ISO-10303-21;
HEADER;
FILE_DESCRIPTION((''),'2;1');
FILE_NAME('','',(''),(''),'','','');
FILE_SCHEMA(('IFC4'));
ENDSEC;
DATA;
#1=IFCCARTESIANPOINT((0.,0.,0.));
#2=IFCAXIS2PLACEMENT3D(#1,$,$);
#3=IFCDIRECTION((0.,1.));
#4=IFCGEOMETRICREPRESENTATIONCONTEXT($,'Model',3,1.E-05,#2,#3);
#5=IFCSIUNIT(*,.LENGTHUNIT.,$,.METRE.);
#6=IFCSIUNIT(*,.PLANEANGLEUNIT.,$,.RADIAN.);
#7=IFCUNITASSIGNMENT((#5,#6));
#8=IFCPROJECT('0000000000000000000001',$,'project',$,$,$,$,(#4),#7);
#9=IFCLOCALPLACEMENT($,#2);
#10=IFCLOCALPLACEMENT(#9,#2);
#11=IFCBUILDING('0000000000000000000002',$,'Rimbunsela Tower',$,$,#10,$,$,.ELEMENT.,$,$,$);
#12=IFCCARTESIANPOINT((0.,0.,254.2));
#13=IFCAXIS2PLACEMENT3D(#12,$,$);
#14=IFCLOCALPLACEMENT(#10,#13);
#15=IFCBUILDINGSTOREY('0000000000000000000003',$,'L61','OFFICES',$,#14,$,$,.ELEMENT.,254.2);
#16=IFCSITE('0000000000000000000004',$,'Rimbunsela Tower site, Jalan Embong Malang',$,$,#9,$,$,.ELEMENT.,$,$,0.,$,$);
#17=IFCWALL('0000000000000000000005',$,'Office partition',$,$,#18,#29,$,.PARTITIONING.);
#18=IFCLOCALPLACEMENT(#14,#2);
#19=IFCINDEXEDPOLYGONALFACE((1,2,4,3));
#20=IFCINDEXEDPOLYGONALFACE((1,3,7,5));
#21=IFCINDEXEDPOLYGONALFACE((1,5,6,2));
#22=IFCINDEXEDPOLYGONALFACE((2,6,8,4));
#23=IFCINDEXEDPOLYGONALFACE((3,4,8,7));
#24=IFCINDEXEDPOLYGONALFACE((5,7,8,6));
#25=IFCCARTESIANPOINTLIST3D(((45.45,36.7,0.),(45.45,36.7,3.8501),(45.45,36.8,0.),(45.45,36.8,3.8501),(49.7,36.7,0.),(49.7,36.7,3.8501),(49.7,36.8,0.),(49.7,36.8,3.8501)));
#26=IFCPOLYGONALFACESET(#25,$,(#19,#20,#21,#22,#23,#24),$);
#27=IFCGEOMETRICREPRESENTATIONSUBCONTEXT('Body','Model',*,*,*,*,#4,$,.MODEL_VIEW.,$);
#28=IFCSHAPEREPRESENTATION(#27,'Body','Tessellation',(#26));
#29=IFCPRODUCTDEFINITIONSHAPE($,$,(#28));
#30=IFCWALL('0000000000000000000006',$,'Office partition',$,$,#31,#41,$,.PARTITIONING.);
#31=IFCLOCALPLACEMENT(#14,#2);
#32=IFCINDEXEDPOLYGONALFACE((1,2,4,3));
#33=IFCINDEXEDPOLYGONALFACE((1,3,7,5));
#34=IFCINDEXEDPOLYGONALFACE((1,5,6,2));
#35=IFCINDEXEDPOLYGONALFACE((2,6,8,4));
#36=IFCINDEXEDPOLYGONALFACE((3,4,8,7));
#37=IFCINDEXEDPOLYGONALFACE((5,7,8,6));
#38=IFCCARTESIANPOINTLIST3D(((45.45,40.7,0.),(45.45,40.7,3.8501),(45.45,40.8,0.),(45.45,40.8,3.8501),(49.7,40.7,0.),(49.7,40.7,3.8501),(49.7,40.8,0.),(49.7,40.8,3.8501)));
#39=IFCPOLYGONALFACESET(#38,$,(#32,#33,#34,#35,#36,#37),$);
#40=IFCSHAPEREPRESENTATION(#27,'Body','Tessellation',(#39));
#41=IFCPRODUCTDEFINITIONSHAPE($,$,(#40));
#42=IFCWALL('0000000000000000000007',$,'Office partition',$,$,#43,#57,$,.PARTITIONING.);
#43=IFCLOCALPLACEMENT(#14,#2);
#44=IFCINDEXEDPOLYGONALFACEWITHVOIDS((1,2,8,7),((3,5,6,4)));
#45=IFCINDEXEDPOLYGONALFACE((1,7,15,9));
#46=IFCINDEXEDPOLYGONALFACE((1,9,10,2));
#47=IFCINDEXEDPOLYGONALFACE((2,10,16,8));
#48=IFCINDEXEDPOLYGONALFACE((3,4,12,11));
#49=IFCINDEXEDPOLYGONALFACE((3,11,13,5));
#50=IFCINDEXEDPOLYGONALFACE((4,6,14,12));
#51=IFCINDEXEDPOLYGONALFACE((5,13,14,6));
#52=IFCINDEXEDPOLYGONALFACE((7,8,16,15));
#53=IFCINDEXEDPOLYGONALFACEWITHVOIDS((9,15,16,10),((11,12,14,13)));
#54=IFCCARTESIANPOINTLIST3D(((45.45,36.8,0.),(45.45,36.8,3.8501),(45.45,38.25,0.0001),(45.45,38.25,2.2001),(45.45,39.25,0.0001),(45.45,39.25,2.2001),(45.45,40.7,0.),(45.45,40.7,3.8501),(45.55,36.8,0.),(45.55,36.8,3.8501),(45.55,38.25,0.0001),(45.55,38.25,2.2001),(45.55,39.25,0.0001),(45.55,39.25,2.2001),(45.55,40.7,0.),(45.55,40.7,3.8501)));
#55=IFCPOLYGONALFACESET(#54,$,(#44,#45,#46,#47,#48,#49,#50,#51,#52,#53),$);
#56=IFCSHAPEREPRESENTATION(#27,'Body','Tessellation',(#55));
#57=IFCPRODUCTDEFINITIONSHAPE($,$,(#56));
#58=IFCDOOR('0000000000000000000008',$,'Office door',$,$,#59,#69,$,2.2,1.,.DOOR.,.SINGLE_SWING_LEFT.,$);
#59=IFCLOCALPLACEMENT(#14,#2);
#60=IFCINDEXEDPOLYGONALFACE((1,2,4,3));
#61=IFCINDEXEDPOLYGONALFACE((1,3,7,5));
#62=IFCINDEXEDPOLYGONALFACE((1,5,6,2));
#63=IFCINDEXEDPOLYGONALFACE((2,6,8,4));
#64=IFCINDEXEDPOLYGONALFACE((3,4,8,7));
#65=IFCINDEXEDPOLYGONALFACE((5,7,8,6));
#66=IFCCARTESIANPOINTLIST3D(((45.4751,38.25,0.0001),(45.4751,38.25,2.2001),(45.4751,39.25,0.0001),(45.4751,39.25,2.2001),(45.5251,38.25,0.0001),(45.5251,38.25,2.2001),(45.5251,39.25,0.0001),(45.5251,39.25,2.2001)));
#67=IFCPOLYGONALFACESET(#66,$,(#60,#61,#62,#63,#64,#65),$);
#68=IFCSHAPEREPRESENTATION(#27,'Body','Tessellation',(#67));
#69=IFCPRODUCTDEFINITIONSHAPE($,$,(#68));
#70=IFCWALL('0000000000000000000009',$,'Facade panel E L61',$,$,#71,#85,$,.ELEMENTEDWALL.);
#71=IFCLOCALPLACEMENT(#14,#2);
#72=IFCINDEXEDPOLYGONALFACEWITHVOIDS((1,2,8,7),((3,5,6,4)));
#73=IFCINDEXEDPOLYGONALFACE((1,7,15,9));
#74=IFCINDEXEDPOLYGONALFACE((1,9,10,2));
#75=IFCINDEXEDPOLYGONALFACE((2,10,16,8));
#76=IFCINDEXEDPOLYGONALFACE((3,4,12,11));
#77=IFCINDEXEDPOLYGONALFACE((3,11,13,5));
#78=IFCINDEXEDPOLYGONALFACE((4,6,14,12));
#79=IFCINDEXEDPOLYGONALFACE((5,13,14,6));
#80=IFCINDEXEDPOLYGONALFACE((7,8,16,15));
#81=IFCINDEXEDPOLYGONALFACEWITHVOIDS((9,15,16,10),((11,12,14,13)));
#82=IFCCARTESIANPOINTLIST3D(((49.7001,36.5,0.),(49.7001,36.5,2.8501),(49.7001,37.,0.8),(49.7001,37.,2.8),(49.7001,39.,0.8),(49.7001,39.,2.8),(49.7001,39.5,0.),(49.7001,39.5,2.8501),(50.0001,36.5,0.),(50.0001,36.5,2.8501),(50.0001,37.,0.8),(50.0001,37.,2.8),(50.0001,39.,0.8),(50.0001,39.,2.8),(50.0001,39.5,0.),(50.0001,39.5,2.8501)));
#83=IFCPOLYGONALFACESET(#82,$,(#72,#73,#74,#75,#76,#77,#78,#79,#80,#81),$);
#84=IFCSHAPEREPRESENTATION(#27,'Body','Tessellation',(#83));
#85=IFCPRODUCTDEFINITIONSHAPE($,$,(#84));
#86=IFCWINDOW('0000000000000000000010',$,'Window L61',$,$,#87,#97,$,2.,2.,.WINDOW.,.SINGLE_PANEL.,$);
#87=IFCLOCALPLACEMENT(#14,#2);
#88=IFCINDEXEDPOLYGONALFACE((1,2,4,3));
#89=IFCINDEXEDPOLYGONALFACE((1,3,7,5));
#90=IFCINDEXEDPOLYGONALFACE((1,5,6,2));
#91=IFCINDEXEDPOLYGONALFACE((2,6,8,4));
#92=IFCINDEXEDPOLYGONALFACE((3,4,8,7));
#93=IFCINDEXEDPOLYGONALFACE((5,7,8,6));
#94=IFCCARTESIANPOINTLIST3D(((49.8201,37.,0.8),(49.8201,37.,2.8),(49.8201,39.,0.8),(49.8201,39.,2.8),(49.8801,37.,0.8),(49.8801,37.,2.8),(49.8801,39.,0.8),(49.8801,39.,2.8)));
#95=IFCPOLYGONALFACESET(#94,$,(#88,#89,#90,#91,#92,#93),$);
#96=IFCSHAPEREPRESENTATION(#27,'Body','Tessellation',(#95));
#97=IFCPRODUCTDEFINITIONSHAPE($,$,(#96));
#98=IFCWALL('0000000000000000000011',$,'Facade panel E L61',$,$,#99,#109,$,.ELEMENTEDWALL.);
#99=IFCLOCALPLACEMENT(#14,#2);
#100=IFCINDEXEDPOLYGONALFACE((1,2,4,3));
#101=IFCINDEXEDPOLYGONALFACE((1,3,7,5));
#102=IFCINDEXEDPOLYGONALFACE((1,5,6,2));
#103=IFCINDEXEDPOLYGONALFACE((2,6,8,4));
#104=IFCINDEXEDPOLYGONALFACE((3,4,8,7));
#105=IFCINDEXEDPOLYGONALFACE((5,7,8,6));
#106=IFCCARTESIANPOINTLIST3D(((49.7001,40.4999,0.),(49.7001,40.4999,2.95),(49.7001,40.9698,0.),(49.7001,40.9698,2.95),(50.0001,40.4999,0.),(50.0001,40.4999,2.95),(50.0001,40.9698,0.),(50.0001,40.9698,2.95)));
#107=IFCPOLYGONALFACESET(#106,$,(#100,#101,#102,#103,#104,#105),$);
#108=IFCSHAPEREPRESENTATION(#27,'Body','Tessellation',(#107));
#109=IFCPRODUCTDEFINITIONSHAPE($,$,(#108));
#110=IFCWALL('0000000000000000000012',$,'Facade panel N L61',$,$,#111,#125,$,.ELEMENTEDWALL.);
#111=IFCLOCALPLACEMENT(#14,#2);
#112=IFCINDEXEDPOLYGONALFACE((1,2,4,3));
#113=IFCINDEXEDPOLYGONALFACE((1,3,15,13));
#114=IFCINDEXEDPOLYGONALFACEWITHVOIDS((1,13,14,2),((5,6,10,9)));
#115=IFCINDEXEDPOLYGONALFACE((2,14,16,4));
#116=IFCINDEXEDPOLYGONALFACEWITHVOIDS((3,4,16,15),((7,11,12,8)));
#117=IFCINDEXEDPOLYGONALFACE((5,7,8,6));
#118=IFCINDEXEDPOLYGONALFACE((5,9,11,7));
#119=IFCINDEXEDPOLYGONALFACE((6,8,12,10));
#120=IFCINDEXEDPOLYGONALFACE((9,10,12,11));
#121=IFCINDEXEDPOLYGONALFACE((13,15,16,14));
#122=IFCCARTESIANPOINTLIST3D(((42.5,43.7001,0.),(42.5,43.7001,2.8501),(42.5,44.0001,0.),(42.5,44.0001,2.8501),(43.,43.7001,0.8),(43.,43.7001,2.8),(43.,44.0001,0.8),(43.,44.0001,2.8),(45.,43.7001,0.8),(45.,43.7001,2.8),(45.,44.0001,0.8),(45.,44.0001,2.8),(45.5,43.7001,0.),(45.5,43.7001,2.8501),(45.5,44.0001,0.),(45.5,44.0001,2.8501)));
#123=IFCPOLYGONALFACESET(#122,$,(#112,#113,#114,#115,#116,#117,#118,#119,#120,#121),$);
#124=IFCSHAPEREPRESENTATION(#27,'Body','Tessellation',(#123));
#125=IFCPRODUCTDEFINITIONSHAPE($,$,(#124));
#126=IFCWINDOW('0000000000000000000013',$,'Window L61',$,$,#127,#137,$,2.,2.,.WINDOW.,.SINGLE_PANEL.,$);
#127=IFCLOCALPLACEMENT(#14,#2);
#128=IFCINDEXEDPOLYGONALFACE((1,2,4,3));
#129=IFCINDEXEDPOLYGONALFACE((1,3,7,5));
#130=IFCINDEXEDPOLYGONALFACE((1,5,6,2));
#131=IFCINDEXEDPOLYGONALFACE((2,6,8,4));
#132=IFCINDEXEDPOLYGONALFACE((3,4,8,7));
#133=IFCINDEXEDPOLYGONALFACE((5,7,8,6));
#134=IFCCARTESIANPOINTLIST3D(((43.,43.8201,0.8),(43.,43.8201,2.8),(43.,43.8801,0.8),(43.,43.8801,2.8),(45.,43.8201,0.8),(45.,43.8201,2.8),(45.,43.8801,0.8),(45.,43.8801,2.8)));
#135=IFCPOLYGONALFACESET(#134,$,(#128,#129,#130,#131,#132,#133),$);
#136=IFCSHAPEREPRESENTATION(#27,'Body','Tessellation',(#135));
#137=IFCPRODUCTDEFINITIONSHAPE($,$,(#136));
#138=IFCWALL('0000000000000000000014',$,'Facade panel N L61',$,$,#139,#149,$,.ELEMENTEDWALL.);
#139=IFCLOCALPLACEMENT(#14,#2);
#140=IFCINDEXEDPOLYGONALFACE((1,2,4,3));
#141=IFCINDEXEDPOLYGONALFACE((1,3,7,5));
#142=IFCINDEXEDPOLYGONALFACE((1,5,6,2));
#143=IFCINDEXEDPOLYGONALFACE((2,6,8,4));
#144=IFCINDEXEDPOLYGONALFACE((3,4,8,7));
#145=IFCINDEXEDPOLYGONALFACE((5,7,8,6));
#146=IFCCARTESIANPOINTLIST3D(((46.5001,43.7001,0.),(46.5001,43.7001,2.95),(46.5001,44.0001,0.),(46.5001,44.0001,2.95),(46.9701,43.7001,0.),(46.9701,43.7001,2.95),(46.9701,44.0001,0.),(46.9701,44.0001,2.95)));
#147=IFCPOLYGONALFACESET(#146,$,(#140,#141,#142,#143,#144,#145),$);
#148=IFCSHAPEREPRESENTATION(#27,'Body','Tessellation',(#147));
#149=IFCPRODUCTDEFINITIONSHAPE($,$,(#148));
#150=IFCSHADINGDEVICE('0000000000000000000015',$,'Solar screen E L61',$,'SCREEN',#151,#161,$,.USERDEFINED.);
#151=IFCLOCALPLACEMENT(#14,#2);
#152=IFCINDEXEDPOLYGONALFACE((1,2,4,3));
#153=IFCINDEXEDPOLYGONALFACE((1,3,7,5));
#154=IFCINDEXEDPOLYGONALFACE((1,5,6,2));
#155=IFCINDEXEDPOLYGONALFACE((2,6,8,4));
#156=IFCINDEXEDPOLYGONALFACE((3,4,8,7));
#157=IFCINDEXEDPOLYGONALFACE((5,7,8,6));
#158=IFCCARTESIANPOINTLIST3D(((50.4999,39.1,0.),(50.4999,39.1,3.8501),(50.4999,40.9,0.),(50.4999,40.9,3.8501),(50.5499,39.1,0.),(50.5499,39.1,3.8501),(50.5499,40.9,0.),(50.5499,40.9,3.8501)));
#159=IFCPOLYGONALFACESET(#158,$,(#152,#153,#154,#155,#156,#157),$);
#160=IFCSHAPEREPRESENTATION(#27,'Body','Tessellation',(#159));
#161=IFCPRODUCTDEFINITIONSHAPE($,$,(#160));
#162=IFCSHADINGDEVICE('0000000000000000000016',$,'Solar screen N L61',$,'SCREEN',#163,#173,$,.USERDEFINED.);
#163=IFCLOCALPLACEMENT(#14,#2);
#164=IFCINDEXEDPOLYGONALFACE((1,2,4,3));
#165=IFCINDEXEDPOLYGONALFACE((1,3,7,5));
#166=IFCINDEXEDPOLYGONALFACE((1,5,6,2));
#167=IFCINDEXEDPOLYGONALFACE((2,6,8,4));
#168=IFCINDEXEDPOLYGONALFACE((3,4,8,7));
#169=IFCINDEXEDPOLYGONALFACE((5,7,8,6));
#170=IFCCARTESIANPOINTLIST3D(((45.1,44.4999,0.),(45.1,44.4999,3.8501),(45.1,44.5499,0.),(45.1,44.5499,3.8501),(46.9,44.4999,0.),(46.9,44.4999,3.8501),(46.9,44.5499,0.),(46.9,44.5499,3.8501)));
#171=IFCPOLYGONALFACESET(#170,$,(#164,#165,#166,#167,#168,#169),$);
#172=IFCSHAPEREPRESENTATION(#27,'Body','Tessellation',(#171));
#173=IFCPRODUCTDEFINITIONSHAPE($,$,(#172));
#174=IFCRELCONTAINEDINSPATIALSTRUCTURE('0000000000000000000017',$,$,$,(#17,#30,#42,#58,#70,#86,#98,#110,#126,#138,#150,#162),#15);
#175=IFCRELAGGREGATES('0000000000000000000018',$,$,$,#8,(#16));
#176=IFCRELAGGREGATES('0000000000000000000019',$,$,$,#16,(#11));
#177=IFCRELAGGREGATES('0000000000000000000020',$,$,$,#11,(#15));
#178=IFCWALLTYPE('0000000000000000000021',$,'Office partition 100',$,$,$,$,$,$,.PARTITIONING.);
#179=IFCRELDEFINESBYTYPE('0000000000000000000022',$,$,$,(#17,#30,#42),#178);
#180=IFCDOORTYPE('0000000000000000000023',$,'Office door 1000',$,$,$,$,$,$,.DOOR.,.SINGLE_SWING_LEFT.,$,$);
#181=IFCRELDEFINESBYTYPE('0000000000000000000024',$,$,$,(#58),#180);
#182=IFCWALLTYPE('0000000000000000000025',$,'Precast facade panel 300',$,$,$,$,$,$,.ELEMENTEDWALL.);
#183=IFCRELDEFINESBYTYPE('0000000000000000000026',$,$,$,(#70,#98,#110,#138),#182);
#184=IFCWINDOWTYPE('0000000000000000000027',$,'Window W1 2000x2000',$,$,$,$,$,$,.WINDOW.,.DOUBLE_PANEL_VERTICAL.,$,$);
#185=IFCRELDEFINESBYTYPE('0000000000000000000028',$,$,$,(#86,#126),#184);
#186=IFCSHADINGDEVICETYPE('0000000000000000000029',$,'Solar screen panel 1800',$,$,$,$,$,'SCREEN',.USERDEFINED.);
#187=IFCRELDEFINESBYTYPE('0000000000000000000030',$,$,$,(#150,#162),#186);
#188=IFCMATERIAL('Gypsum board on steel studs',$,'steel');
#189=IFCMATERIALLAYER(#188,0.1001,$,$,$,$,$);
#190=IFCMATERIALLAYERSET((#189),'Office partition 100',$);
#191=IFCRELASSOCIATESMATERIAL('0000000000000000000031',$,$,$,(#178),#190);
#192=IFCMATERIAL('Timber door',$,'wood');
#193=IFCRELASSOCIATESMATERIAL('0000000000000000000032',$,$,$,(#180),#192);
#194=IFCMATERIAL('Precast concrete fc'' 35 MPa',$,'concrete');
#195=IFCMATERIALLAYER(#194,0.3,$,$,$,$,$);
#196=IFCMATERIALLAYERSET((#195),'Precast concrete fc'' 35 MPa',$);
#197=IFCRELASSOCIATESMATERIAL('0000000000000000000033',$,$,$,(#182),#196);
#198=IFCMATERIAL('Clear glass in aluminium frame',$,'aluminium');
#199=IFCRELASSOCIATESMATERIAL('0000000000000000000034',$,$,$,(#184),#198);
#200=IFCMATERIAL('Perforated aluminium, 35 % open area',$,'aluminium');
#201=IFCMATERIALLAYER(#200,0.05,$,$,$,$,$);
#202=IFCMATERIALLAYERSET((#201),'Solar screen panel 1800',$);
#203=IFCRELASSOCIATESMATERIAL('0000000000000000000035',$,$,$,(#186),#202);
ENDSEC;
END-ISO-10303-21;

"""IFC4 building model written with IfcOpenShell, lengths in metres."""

from ifc_helpers import new_model, si_unit, direction, frame, frame_2d, origin, origin_2d, place, context, subcontext, project, spatial, rectangle, extrude, material, layer, layer_set, type_object, element, fill, save


model = new_model("IFC4")

# Units and contexts
model_context = context("Model", 3, precision=1e-05, world=origin(), true_north=direction((0.0, 1.0)))
body_context = subcontext(model_context, "Body", "Model", "MODEL_VIEW")
ifc_project = project(units=[si_unit("LENGTHUNIT", "METRE"), si_unit("PLANEANGLEUNIT", "RADIAN")], contexts=[model_context])

# Site, building, storey
site_placement = place(None, origin())
site = spatial("IfcSite", under=ifc_project, at=site_placement, Name="Rimbunsela Tower site, Jalan Embong Malang", CompositionType="ELEMENT", RefElevation=0.0)
building_placement = place(site_placement, origin())
building = spatial("IfcBuilding", under=site, at=building_placement, Name="Rimbunsela Tower", CompositionType="ELEMENT")
storey_placement = place(building_placement, frame((0.0, 0.0, 254.2)))
storey = spatial("IfcBuildingStorey", under=building, at=storey_placement, Name="L61", Description="OFFICES", CompositionType="ELEMENT", Elevation=254.2)

# Walls
ifc_material_1 = material(Name="Gypsum board on steel studs", Category="steel")
ifc_layer_1 = layer(ifc_material_1, 0.1001)
ifc_layer_set_1 = layer_set([ifc_layer_1], Name="Office partition 100")
wall_type_1 = type_object("IfcWallType", Name="Office partition 100", PredefinedType="PARTITIONING", material=ifc_layer_set_1)
for number, where, z_axis, x_axis, name in (
    (1, (45.45, 36.75, 0.0), (0.0, 0.0, 1.0), (1.0, 0.0, 0.0), "Office partition"),
    (2, (45.45, 40.75, 0.0), (0.0, 0.0, 1.0), (1.0, 0.0, 0.0), "Office partition"),
):
    element("IfcWall", number, at=place(storey_placement, frame(where, z_axis=z_axis, x_axis=x_axis)), inside=storey, type_object=wall_type_1, Name=name, PredefinedType="PARTITIONING", context=body_context, shape_type="SweptSolid", body=[
        extrude(rectangle(XDim=4.25, YDim=0.1001, at=frame_2d((2.125, 0.0))), origin(), (0.0, 0.0, 1.0), 3.8501),
    ])

# Wall, opening, door
wall_1_placement = place(storey_placement, frame((45.5, 36.8, 0.0), z_axis=(0.0, 0.0, 1.0), x_axis=(0.0, 1.0, 0.0)))
wall_1 = element("IfcWall", 3, at=wall_1_placement, inside=storey, type_object=wall_type_1, Name="Office partition", PredefinedType="PARTITIONING", context=body_context, shape_type="SweptSolid", body=[
    extrude(rectangle(XDim=3.8999, YDim=0.1001, at=frame_2d((1.95, 0.0))), origin(), (0.0, 0.0, 1.0), 3.8501),
])
opening_1_placement = place(wall_1_placement, frame((1.45, 0.0, 0.0)))
opening_1 = element("IfcOpeningElement", 4, at=opening_1_placement, cuts=wall_1, PredefinedType="OPENING", context=body_context, shape_type="SweptSolid", body=[
    extrude(rectangle(XDim=1.0, YDim=2.2, at=frame_2d((0.5, 1.1001))), frame((0.0, 0.0601, 0.0), z_axis=(0.0, -1.0, 0.0), x_axis=(1.0, 0.0, 0.0)), (0.0, 0.0, 1.0), 0.1201),
])
ifc_material_2 = material(Name="Timber door", Category="wood")
door_type = type_object("IfcDoorType", Name="Office door 1000", OperationType="SINGLE_SWING_LEFT", PredefinedType="DOOR", material=ifc_material_2)
door_placement = place(opening_1_placement, origin())
door = element("IfcDoor", 5, at=door_placement, inside=storey, type_object=door_type, Name="Office door", OperationType="SINGLE_SWING_LEFT", OverallHeight=2.2, OverallWidth=1.0, PredefinedType="DOOR", context=body_context, shape_type="SweptSolid", body=[
    extrude(rectangle(XDim=1.0, YDim=2.2, at=frame_2d((0.5, 1.1001))), frame((0.0, 0.0249, 0.0), z_axis=(0.0, -1.0, 0.0), x_axis=(1.0, 0.0, 0.0)), (0.0, 0.0, 1.0), 0.05),
])
fill(opening_1, door)

# Wall, opening, window
ifc_material_3 = material(Name="Precast concrete fc' 35 MPa", Category="concrete")
ifc_layer_2 = layer(ifc_material_3, 0.3)
ifc_layer_set_2 = layer_set([ifc_layer_2], Name="Precast concrete fc' 35 MPa")
wall_type_2 = type_object("IfcWallType", Name="Precast facade panel 300", PredefinedType="ELEMENTEDWALL", material=ifc_layer_set_2)
wall_2_placement = place(storey_placement, frame((49.8501, 36.5, 0.0), z_axis=(0.0, 0.0, 1.0), x_axis=(0.0, 1.0, 0.0)))
wall_2 = element("IfcWall", 6, at=wall_2_placement, inside=storey, type_object=wall_type_2, Name="Facade panel E L61", PredefinedType="ELEMENTEDWALL", context=body_context, shape_type="SweptSolid", body=[
    extrude(rectangle(XDim=3.0, YDim=0.3, at=frame_2d((1.5, 0.0))), origin(), (0.0, 0.0, 1.0), 2.8501),
])
opening_2_placement = place(wall_2_placement, frame((0.5, 0.0, 0.8)))
opening_2 = element("IfcOpeningElement", 7, at=opening_2_placement, cuts=wall_2, PredefinedType="OPENING", context=body_context, shape_type="SweptSolid", body=[
    extrude(rectangle(XDim=2.0, YDim=2.0, at=frame_2d((1.0, 1.0))), frame((0.0, 0.1599, 0.0), z_axis=(0.0, -1.0, 0.0), x_axis=(1.0, 0.0, 0.0)), (0.0, 0.0, 1.0), 0.3201),
])
ifc_material_4 = material(Name="Clear glass in aluminium frame", Category="aluminium")
window_type = type_object("IfcWindowType", Name="Window W1 2000x2000", PartitioningType="DOUBLE_PANEL_VERTICAL", PredefinedType="WINDOW", material=ifc_material_4)
window_1_placement = place(opening_2_placement, origin())
window_1 = element("IfcWindow", 8, at=window_1_placement, inside=storey, type_object=window_type, Name="Window L61", OverallHeight=2.0, OverallWidth=2.0, PartitioningType="SINGLE_PANEL", PredefinedType="WINDOW", context=body_context, shape_type="SweptSolid", body=[
    extrude(rectangle(XDim=2.0, YDim=2.0, at=frame_2d((1.0, 1.0))), frame((0.0, 0.03, 0.0), z_axis=(0.0, -1.0, 0.0), x_axis=(1.0, 0.0, 0.0)), (0.0, 0.0, 1.0), 0.0601),
])
fill(opening_2, window_1)

# Wall
wall_3_placement = place(storey_placement, frame((49.8501, 40.5, 0.0), z_axis=(0.0, 0.0, 1.0), x_axis=(0.0, 1.0, 0.0)))
element("IfcWall", 9, at=wall_3_placement, inside=storey, type_object=wall_type_2, Name="Facade panel E L61", PredefinedType="ELEMENTEDWALL", context=body_context, shape_type="SweptSolid", body=[
    extrude(rectangle(XDim=0.47, YDim=0.3, at=frame_2d((0.2349, 0.0))), origin(), (0.0, 0.0, 1.0), 2.95),
])

# Wall, opening, window
wall_4_placement = place(storey_placement, frame((45.5, 43.8501, 0.0), z_axis=(0.0, 0.0, 1.0), x_axis=(-1.0, 0.0, 0.0)))
wall_4 = element("IfcWall", 10, at=wall_4_placement, inside=storey, type_object=wall_type_2, Name="Facade panel N L61", PredefinedType="ELEMENTEDWALL", context=body_context, shape_type="SweptSolid", body=[
    extrude(rectangle(XDim=3.0, YDim=0.3, at=frame_2d((1.5, 0.0))), origin(), (0.0, 0.0, 1.0), 2.8501),
])
opening_3_placement = place(wall_4_placement, frame((0.5, 0.0, 0.8)))
opening_3 = element("IfcOpeningElement", 11, at=opening_3_placement, cuts=wall_4, PredefinedType="OPENING", context=body_context, shape_type="SweptSolid", body=[
    extrude(rectangle(XDim=2.0, YDim=2.0, at=frame_2d((1.0, 1.0))), frame((0.0, 0.1599, 0.0), z_axis=(0.0, -1.0, 0.0), x_axis=(1.0, 0.0, 0.0)), (0.0, 0.0, 1.0), 0.3201),
])
window_2_placement = place(opening_3_placement, origin())
window_2 = element("IfcWindow", 12, at=window_2_placement, inside=storey, type_object=window_type, Name="Window L61", OverallHeight=2.0, OverallWidth=2.0, PartitioningType="SINGLE_PANEL", PredefinedType="WINDOW", context=body_context, shape_type="SweptSolid", body=[
    extrude(rectangle(XDim=2.0, YDim=2.0, at=frame_2d((1.0, 1.0))), frame((0.0, 0.03, 0.0), z_axis=(0.0, -1.0, 0.0), x_axis=(1.0, 0.0, 0.0)), (0.0, 0.0, 1.0), 0.0601),
])
fill(opening_3, window_2)

# Wall
wall_5_placement = place(storey_placement, frame((46.97, 43.8501, 0.0), z_axis=(0.0, 0.0, 1.0), x_axis=(-1.0, 0.0, 0.0)))
element("IfcWall", 13, at=wall_5_placement, inside=storey, type_object=wall_type_2, Name="Facade panel N L61", PredefinedType="ELEMENTEDWALL", context=body_context, shape_type="SweptSolid", body=[
    extrude(rectangle(XDim=0.47, YDim=0.3, at=frame_2d((0.2349, 0.0))), origin(), (0.0, 0.0, 1.0), 2.95),
])

# Shading devices
ifc_material_5 = material(Name="Perforated aluminium, 35 % open area", Category="aluminium")
ifc_layer_3 = layer(ifc_material_5, 0.05)
ifc_layer_set_3 = layer_set([ifc_layer_3], Name="Solar screen panel 1800")
shading_device_type = type_object("IfcShadingDeviceType", Name="Solar screen panel 1800", ElementType="SCREEN", PredefinedType="USERDEFINED", material=ifc_layer_set_3)
for number, where, z_axis, x_axis, name in (
    (14, (50.5249, 40.0, 0.0), (0.0, 0.0, 1.0), (0.0, 1.0, 0.0), "Solar screen E L61"),
    (15, (46.0, 44.5249, 0.0), (0.0, 0.0, 1.0), (1.0, 0.0, 0.0), "Solar screen N L61"),
):
    element("IfcShadingDevice", number, at=place(storey_placement, frame(where, z_axis=z_axis, x_axis=x_axis)), inside=storey, type_object=shading_device_type, Name=name, ObjectType="SCREEN", PredefinedType="USERDEFINED", context=body_context, shape_type="SweptSolid", body=[
        extrude(rectangle(XDim=1.8, YDim=0.05, at=origin_2d()), origin(), (0.0, 0.0, 1.0), 3.8501),
    ])

save(model, "model.ifc")
